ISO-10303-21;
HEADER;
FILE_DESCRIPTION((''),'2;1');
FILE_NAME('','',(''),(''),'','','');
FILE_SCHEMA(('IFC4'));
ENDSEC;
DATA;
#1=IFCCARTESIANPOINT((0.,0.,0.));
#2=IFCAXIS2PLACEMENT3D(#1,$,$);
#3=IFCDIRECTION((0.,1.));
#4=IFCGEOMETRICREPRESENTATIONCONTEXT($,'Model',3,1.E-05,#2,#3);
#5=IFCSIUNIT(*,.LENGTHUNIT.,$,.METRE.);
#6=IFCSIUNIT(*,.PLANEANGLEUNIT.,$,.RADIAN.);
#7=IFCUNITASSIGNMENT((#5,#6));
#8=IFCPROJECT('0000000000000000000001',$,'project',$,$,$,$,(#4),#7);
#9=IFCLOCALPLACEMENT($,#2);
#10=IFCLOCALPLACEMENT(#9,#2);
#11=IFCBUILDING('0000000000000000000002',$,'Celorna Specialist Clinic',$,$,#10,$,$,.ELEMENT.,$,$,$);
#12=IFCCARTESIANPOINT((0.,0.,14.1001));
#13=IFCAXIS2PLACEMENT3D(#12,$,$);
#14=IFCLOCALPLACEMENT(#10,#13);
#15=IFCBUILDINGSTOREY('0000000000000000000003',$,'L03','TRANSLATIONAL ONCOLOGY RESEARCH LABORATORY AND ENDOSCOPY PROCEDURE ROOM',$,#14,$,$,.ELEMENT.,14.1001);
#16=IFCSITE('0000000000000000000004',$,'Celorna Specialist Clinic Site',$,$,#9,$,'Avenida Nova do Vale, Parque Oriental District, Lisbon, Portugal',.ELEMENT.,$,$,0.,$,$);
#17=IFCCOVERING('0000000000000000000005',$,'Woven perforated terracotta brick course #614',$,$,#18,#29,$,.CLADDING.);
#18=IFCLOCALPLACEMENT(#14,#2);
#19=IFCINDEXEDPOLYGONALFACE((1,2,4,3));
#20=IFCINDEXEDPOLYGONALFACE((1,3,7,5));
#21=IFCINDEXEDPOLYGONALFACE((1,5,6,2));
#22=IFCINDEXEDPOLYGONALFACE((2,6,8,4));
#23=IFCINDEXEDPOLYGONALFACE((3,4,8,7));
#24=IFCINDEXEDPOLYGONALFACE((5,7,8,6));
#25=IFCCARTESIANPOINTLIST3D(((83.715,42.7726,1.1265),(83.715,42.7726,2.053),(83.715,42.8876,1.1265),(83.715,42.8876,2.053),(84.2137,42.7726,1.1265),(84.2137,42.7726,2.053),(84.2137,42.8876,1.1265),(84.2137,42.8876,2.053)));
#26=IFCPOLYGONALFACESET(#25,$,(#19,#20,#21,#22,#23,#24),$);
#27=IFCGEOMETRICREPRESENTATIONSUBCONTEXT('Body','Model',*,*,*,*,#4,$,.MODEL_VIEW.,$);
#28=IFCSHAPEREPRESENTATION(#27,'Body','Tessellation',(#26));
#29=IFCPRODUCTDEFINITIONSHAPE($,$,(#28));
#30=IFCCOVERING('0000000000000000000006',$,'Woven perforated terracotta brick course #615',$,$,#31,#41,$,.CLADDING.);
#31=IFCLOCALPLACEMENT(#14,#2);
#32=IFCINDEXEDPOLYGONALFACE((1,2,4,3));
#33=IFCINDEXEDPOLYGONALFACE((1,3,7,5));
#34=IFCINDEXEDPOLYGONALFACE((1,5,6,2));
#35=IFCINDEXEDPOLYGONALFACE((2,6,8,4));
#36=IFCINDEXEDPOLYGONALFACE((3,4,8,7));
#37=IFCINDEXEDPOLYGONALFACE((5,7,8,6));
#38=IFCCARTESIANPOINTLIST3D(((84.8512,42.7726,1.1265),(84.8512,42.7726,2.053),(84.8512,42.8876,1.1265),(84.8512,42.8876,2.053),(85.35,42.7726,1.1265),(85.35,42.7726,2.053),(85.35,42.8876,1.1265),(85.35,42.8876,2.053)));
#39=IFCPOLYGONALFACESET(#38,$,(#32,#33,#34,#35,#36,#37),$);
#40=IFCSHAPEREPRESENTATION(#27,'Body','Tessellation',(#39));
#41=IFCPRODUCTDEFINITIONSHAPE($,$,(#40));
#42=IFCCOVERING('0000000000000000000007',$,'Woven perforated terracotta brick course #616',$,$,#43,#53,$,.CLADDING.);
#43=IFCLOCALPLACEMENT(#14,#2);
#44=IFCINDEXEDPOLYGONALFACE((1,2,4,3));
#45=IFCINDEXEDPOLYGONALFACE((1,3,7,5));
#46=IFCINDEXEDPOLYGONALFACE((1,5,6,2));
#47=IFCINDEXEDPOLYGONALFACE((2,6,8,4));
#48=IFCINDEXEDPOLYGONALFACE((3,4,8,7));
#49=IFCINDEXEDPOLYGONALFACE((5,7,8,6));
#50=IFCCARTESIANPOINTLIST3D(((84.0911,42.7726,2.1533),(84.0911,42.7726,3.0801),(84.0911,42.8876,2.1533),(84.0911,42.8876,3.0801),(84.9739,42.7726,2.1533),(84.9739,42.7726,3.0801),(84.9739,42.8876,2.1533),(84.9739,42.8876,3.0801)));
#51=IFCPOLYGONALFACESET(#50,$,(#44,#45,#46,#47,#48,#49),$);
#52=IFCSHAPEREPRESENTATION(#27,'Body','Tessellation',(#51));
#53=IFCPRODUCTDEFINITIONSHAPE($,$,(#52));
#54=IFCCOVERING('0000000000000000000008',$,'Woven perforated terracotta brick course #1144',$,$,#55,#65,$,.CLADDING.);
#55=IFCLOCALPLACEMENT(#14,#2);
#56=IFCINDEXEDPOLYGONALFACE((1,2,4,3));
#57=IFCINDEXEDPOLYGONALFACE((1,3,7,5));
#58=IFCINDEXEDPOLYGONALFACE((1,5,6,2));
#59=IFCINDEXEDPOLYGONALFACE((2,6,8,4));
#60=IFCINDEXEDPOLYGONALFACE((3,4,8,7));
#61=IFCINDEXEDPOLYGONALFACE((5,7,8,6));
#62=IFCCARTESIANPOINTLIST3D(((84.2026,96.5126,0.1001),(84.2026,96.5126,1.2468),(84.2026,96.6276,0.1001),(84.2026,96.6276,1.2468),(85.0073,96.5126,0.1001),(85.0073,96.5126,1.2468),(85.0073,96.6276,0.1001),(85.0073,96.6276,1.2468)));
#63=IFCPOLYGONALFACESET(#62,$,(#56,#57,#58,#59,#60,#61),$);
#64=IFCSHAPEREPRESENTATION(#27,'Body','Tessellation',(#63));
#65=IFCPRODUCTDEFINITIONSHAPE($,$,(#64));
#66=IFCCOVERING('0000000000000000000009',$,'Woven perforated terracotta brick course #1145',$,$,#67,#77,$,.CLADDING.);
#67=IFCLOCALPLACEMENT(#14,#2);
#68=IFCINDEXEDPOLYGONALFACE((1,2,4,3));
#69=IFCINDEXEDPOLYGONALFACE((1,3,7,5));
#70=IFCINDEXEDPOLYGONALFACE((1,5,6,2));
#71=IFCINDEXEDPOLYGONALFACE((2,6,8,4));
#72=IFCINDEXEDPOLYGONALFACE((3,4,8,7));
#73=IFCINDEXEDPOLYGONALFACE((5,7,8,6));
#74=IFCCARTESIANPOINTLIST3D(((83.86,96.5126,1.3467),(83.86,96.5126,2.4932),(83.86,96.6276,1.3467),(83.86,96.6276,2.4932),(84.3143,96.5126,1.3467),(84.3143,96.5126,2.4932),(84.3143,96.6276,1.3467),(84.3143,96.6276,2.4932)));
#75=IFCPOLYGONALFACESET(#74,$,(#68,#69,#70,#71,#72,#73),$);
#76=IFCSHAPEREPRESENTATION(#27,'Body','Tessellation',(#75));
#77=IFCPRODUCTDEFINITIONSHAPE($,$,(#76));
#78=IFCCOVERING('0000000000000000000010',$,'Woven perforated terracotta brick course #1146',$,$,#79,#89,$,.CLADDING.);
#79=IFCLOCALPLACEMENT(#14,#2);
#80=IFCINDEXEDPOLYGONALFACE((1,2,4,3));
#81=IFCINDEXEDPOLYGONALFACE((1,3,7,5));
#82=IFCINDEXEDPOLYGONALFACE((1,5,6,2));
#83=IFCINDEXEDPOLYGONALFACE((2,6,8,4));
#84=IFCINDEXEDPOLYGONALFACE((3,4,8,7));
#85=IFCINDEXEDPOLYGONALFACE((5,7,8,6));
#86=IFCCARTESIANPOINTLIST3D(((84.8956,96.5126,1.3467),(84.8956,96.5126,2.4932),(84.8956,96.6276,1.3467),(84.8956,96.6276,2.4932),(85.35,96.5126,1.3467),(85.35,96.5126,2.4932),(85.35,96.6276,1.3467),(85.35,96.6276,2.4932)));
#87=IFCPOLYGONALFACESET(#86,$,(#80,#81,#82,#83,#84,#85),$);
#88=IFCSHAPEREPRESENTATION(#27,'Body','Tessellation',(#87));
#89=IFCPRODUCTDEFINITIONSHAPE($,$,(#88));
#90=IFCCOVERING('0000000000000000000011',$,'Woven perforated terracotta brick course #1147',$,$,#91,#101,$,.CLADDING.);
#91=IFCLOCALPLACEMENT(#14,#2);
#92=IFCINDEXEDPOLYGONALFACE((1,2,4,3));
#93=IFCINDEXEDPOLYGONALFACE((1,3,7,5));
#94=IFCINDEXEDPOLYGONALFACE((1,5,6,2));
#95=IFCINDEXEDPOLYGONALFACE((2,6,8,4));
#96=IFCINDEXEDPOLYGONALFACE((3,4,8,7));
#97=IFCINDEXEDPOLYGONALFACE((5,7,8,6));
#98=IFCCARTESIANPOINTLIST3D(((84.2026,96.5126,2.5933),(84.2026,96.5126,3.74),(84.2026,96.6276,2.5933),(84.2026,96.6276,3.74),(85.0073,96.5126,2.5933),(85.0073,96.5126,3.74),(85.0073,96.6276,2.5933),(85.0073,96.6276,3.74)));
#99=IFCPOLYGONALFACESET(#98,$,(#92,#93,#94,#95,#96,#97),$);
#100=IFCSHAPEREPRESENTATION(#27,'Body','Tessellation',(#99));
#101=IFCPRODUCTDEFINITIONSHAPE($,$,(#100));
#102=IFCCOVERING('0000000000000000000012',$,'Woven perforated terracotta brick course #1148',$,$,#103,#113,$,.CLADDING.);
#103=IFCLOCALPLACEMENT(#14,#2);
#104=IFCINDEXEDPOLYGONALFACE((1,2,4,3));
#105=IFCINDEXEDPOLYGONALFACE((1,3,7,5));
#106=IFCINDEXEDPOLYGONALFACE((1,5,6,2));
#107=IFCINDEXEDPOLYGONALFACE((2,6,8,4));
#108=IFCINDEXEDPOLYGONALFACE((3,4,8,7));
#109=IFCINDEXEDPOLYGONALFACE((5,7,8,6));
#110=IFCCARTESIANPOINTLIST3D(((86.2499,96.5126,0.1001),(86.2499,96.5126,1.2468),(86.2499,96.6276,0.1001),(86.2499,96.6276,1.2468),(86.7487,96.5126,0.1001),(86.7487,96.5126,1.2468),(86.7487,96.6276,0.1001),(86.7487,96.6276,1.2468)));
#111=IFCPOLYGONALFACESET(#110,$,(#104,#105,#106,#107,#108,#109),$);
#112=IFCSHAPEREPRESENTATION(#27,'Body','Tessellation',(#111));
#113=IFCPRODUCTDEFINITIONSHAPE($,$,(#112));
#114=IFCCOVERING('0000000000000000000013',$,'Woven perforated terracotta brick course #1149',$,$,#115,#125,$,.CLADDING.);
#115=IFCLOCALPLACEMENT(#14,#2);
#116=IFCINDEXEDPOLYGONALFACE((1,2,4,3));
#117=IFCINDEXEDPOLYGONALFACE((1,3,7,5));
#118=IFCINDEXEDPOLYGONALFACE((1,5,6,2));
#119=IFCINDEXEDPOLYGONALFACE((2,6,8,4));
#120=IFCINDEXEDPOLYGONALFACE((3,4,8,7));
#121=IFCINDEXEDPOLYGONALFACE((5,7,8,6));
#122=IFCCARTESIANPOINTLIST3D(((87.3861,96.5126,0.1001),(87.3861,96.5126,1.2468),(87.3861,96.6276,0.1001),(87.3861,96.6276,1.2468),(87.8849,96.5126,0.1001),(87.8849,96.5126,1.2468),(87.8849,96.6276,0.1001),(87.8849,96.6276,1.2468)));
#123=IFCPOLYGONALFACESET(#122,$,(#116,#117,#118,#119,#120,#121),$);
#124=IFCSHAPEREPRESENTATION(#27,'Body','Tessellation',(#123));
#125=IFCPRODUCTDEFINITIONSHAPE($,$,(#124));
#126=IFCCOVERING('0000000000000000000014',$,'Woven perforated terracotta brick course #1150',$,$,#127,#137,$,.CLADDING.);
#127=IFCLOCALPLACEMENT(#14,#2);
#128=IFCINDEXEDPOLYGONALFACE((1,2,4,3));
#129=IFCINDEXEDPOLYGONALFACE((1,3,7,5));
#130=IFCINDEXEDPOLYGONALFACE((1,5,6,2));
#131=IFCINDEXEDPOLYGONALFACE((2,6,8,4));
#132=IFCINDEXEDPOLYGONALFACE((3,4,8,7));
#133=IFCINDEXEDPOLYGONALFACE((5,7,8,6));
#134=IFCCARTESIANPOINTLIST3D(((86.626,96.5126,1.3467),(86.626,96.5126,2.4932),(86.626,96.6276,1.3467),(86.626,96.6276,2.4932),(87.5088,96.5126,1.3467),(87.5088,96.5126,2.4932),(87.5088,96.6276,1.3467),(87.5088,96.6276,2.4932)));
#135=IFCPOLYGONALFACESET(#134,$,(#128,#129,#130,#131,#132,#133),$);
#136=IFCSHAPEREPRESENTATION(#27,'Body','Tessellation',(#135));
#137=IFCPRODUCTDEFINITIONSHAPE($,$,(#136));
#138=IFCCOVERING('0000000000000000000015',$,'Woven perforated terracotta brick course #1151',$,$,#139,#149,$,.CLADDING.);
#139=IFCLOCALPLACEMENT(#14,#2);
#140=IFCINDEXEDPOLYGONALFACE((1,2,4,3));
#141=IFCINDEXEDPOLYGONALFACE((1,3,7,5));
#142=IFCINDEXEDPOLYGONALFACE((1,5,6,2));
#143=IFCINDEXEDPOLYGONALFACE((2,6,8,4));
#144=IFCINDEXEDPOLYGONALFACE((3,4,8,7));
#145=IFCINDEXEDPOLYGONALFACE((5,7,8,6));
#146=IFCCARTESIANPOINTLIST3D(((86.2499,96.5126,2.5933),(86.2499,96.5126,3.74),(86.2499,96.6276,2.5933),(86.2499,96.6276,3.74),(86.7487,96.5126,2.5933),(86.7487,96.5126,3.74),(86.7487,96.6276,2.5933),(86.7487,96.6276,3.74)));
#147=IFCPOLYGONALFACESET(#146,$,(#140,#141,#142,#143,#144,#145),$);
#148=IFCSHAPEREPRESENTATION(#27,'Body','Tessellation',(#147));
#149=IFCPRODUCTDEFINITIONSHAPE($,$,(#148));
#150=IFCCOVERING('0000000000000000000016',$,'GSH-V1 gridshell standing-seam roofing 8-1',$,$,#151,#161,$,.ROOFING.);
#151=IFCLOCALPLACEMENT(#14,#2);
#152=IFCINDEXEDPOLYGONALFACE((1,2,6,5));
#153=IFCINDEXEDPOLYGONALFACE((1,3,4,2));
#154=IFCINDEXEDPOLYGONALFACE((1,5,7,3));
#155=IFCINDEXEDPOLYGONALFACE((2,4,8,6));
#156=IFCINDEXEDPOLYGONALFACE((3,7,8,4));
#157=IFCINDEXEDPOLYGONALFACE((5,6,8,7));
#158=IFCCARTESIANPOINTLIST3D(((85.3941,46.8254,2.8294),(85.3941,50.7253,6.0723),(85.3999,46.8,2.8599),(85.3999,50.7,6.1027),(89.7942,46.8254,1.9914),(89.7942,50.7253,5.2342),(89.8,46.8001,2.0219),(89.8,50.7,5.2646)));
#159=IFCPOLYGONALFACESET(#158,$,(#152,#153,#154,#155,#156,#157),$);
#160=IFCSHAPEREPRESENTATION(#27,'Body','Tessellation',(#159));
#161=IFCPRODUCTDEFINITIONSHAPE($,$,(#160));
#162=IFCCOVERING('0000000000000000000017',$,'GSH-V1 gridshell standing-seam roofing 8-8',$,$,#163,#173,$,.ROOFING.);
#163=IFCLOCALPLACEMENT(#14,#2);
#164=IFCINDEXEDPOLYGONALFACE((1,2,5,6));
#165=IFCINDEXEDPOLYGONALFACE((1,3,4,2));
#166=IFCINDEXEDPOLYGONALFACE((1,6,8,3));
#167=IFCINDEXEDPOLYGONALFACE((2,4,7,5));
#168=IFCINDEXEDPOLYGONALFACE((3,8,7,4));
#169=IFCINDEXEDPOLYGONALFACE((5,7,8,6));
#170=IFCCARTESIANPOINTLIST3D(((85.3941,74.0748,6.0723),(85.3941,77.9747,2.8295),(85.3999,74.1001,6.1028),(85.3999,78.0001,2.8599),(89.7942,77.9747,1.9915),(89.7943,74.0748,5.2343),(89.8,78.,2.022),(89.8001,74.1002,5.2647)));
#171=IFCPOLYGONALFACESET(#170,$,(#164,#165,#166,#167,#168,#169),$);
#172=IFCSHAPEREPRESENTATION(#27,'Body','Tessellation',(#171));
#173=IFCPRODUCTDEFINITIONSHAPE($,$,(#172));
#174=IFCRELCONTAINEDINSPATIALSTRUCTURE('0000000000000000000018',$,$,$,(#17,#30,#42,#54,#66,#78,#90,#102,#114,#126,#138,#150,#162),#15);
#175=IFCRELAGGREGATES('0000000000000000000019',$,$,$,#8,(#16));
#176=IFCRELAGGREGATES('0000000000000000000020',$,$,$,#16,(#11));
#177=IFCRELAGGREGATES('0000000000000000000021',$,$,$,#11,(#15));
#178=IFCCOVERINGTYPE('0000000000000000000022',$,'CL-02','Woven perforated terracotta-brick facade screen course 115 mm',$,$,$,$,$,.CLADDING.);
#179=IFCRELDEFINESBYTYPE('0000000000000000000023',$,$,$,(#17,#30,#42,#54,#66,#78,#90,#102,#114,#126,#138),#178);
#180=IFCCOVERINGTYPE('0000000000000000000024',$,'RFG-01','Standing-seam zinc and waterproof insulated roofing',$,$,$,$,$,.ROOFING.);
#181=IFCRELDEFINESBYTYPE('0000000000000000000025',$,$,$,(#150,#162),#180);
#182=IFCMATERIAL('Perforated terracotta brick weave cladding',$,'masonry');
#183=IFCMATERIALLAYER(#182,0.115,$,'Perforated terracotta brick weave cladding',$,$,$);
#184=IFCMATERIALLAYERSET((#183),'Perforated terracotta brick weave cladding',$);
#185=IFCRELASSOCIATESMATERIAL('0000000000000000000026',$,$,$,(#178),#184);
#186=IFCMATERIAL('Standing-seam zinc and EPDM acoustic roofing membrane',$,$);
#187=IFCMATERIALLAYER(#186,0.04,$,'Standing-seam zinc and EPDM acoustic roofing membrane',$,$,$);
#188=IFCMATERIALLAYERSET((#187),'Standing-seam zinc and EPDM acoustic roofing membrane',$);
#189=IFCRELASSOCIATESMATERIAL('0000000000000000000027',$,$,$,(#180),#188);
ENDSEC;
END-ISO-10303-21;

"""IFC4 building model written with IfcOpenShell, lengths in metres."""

from ifc_helpers import new_model, si_unit, direction, frame, origin, origin_2d, place, context, subcontext, project, spatial, polyline, rectangle, outline, extrude, material, layer, layer_set, type_object, element, save


model = new_model("IFC4")

# Units and contexts
model_context = context("Model", 3, precision=1e-05, world=origin(), true_north=direction((0.0, 1.0)))
body_context = subcontext(model_context, "Body", "Model", "MODEL_VIEW")
ifc_project = project(units=[si_unit("LENGTHUNIT", "METRE"), si_unit("PLANEANGLEUNIT", "RADIAN")], contexts=[model_context])

# Site, building, storey
site_placement = place(None, origin())
site = spatial("IfcSite", under=ifc_project, at=site_placement, Name="Celorna Specialist Clinic Site", LongName="Avenida Nova do Vale, Parque Oriental District, Lisbon, Portugal", CompositionType="ELEMENT", RefElevation=0.0)
building_placement = place(site_placement, origin())
building = spatial("IfcBuilding", under=site, at=building_placement, Name="Celorna Specialist Clinic", CompositionType="ELEMENT")
storey_placement = place(building_placement, frame((0.0, 0.0, 14.1001)))
storey = spatial("IfcBuildingStorey", under=building, at=storey_placement, Name="L03", Description="TRANSLATIONAL ONCOLOGY RESEARCH LABORATORY AND ENDOSCOPY PROCEDURE ROOM", CompositionType="ELEMENT", Elevation=14.1001)

# Coverings
ifc_material_1 = material(Name="Perforated terracotta brick weave cladding", Category="masonry")
ifc_layer_1 = layer(ifc_material_1, 0.115, Name="Perforated terracotta brick weave cladding")
ifc_layer_set_1 = layer_set([ifc_layer_1], Name="Perforated terracotta brick weave cladding")
covering_type_1 = type_object("IfcCoveringType", Name="CL-02", Description="Woven perforated terracotta-brick facade screen course 115 mm", PredefinedType="CLADDING", material=ifc_layer_set_1)
for number, where, z_axis, x_axis, name in (
    (1, (83.9644, 42.8301, 1.1265), (0.0, 0.0, 1.0), (1.0, 0.0, 0.0), "Woven perforated terracotta brick course #614"),
    (2, (85.1006, 42.8301, 1.1265), (0.0, 0.0, 1.0), (1.0, 0.0, 0.0), "Woven perforated terracotta brick course #615"),
):
    element("IfcCovering", number, at=place(storey_placement, frame(where, z_axis=z_axis, x_axis=x_axis)), inside=storey, type_object=covering_type_1, Name=name, PredefinedType="CLADDING", context=body_context, shape_type="SweptSolid", body=[
        extrude(rectangle(XDim=0.4988, YDim=0.115, at=origin_2d()), origin(), (0.0, 0.0, 1.0), 0.9265),
    ])
covering_1_placement = place(storey_placement, frame((84.5325, 42.8301, 2.1533), z_axis=(0.0, 0.0, 1.0), x_axis=(1.0, 0.0, 0.0)))
element("IfcCovering", 3, at=covering_1_placement, inside=storey, type_object=covering_type_1, Name="Woven perforated terracotta brick course #616", PredefinedType="CLADDING", context=body_context, shape_type="SweptSolid", body=[
    extrude(rectangle(XDim=0.8828, YDim=0.115, at=origin_2d()), origin(), (0.0, 0.0, 1.0), 0.9268),
])
covering_2_placement = place(storey_placement, frame((84.605, 96.5701, 0.1001), z_axis=(0.0, 0.0, 1.0), x_axis=(1.0, 0.0, 0.0)))
element("IfcCovering", 4, at=covering_2_placement, inside=storey, type_object=covering_type_1, Name="Woven perforated terracotta brick course #1144", PredefinedType="CLADDING", context=body_context, shape_type="SweptSolid", body=[
    extrude(rectangle(XDim=0.8047, YDim=0.115, at=origin_2d()), origin(), (0.0, 0.0, 1.0), 1.1467),
])
for number, where, z_axis, x_axis, name in (
    (5, (84.0872, 96.5701, 1.3467), (0.0, 0.0, 1.0), (1.0, 0.0, 0.0), "Woven perforated terracotta brick course #1145"),
    (6, (85.1228, 96.5701, 1.3467), (0.0, 0.0, 1.0), (1.0, 0.0, 0.0), "Woven perforated terracotta brick course #1146"),
):
    element("IfcCovering", number, at=place(storey_placement, frame(where, z_axis=z_axis, x_axis=x_axis)), inside=storey, type_object=covering_type_1, Name=name, PredefinedType="CLADDING", context=body_context, shape_type="SweptSolid", body=[
        extrude(rectangle(XDim=0.4543, YDim=0.115, at=origin_2d()), origin(), (0.0, 0.0, 1.0), 1.1465),
    ])
covering_3_placement = place(storey_placement, frame((84.605, 96.5701, 2.5933), z_axis=(0.0, 0.0, 1.0), x_axis=(1.0, 0.0, 0.0)))
element("IfcCovering", 7, at=covering_3_placement, inside=storey, type_object=covering_type_1, Name="Woven perforated terracotta brick course #1147", PredefinedType="CLADDING", context=body_context, shape_type="SweptSolid", body=[
    extrude(rectangle(XDim=0.8047, YDim=0.115, at=origin_2d()), origin(), (0.0, 0.0, 1.0), 1.1467),
])
for number, where, z_axis, x_axis, name in (
    (8, (86.4993, 96.5701, 0.1001), (0.0, 0.0, 1.0), (1.0, 0.0, 0.0), "Woven perforated terracotta brick course #1148"),
    (9, (87.6355, 96.5701, 0.1001), (0.0, 0.0, 1.0), (1.0, 0.0, 0.0), "Woven perforated terracotta brick course #1149"),
):
    element("IfcCovering", number, at=place(storey_placement, frame(where, z_axis=z_axis, x_axis=x_axis)), inside=storey, type_object=covering_type_1, Name=name, PredefinedType="CLADDING", context=body_context, shape_type="SweptSolid", body=[
        extrude(rectangle(XDim=0.4988, YDim=0.115, at=origin_2d()), origin(), (0.0, 0.0, 1.0), 1.1467),
    ])
covering_4_placement = place(storey_placement, frame((87.0674, 96.5701, 1.3467), z_axis=(0.0, 0.0, 1.0), x_axis=(1.0, 0.0, 0.0)))
element("IfcCovering", 10, at=covering_4_placement, inside=storey, type_object=covering_type_1, Name="Woven perforated terracotta brick course #1150", PredefinedType="CLADDING", context=body_context, shape_type="SweptSolid", body=[
    extrude(rectangle(XDim=0.8828, YDim=0.115, at=origin_2d()), origin(), (0.0, 0.0, 1.0), 1.1465),
])
covering_5_placement = place(storey_placement, frame((86.4993, 96.5701, 2.5933), z_axis=(0.0, 0.0, 1.0), x_axis=(1.0, 0.0, 0.0)))
element("IfcCovering", 11, at=covering_5_placement, inside=storey, type_object=covering_type_1, Name="Woven perforated terracotta brick course #1151", PredefinedType="CLADDING", context=body_context, shape_type="SweptSolid", body=[
    extrude(rectangle(XDim=0.4988, YDim=0.115, at=origin_2d()), origin(), (0.0, 0.0, 1.0), 1.1467),
])
ifc_material_2 = material(Name="Standing-seam zinc and EPDM acoustic roofing membrane")
ifc_layer_2 = layer(ifc_material_2, 0.04, Name="Standing-seam zinc and EPDM acoustic roofing membrane")
ifc_layer_set_2 = layer_set([ifc_layer_2], Name="Standing-seam zinc and EPDM acoustic roofing membrane")
covering_type_2 = type_object("IfcCoveringType", Name="RFG-01", Description="Standing-seam zinc and waterproof insulated roofing", PredefinedType="ROOFING", material=ifc_layer_set_2)
covering_6_placement = place(storey_placement, frame((85.3999, 46.8, 2.8599), z_axis=(0.144895, -0.632608, 0.760797), x_axis=(0.982345, 0.000013, -0.187078)))
element("IfcCovering", 12, at=covering_6_placement, inside=storey, type_object=covering_type_2, Name="GSH-V1 gridshell standing-seam roofing 8-1", PredefinedType="ROOFING", context=body_context, shape_type="SweptSolid", body=[
    extrude(outline(polyline([(0.0, 0.0), (4.4792, 0.0), (3.8726, 5.0355), (-0.6066, 5.0357), (0.0, 0.0)])), origin(), (0.0, 0.0, -1.0), 0.04),
])
covering_7_placement = place(storey_placement, frame((85.3999, 74.1001, 6.1028), z_axis=(0.144895, 0.632608, 0.760797), x_axis=(0.982341, 0.000013, -0.187099)))
element("IfcCovering", 13, at=covering_7_placement, inside=storey, type_object=covering_type_2, Name="GSH-V1 gridshell standing-seam roofing 8-8", PredefinedType="ROOFING", context=body_context, shape_type="SweptSolid", body=[
    extrude(outline(polyline([(0.0, 0.0), (4.4793, 0.0), (5.086, 5.0355), (0.6068, 5.0356), (0.0, 0.0)])), origin(), (0.0, 0.0, -1.0), 0.04),
])

save(model, "model.ifc")
